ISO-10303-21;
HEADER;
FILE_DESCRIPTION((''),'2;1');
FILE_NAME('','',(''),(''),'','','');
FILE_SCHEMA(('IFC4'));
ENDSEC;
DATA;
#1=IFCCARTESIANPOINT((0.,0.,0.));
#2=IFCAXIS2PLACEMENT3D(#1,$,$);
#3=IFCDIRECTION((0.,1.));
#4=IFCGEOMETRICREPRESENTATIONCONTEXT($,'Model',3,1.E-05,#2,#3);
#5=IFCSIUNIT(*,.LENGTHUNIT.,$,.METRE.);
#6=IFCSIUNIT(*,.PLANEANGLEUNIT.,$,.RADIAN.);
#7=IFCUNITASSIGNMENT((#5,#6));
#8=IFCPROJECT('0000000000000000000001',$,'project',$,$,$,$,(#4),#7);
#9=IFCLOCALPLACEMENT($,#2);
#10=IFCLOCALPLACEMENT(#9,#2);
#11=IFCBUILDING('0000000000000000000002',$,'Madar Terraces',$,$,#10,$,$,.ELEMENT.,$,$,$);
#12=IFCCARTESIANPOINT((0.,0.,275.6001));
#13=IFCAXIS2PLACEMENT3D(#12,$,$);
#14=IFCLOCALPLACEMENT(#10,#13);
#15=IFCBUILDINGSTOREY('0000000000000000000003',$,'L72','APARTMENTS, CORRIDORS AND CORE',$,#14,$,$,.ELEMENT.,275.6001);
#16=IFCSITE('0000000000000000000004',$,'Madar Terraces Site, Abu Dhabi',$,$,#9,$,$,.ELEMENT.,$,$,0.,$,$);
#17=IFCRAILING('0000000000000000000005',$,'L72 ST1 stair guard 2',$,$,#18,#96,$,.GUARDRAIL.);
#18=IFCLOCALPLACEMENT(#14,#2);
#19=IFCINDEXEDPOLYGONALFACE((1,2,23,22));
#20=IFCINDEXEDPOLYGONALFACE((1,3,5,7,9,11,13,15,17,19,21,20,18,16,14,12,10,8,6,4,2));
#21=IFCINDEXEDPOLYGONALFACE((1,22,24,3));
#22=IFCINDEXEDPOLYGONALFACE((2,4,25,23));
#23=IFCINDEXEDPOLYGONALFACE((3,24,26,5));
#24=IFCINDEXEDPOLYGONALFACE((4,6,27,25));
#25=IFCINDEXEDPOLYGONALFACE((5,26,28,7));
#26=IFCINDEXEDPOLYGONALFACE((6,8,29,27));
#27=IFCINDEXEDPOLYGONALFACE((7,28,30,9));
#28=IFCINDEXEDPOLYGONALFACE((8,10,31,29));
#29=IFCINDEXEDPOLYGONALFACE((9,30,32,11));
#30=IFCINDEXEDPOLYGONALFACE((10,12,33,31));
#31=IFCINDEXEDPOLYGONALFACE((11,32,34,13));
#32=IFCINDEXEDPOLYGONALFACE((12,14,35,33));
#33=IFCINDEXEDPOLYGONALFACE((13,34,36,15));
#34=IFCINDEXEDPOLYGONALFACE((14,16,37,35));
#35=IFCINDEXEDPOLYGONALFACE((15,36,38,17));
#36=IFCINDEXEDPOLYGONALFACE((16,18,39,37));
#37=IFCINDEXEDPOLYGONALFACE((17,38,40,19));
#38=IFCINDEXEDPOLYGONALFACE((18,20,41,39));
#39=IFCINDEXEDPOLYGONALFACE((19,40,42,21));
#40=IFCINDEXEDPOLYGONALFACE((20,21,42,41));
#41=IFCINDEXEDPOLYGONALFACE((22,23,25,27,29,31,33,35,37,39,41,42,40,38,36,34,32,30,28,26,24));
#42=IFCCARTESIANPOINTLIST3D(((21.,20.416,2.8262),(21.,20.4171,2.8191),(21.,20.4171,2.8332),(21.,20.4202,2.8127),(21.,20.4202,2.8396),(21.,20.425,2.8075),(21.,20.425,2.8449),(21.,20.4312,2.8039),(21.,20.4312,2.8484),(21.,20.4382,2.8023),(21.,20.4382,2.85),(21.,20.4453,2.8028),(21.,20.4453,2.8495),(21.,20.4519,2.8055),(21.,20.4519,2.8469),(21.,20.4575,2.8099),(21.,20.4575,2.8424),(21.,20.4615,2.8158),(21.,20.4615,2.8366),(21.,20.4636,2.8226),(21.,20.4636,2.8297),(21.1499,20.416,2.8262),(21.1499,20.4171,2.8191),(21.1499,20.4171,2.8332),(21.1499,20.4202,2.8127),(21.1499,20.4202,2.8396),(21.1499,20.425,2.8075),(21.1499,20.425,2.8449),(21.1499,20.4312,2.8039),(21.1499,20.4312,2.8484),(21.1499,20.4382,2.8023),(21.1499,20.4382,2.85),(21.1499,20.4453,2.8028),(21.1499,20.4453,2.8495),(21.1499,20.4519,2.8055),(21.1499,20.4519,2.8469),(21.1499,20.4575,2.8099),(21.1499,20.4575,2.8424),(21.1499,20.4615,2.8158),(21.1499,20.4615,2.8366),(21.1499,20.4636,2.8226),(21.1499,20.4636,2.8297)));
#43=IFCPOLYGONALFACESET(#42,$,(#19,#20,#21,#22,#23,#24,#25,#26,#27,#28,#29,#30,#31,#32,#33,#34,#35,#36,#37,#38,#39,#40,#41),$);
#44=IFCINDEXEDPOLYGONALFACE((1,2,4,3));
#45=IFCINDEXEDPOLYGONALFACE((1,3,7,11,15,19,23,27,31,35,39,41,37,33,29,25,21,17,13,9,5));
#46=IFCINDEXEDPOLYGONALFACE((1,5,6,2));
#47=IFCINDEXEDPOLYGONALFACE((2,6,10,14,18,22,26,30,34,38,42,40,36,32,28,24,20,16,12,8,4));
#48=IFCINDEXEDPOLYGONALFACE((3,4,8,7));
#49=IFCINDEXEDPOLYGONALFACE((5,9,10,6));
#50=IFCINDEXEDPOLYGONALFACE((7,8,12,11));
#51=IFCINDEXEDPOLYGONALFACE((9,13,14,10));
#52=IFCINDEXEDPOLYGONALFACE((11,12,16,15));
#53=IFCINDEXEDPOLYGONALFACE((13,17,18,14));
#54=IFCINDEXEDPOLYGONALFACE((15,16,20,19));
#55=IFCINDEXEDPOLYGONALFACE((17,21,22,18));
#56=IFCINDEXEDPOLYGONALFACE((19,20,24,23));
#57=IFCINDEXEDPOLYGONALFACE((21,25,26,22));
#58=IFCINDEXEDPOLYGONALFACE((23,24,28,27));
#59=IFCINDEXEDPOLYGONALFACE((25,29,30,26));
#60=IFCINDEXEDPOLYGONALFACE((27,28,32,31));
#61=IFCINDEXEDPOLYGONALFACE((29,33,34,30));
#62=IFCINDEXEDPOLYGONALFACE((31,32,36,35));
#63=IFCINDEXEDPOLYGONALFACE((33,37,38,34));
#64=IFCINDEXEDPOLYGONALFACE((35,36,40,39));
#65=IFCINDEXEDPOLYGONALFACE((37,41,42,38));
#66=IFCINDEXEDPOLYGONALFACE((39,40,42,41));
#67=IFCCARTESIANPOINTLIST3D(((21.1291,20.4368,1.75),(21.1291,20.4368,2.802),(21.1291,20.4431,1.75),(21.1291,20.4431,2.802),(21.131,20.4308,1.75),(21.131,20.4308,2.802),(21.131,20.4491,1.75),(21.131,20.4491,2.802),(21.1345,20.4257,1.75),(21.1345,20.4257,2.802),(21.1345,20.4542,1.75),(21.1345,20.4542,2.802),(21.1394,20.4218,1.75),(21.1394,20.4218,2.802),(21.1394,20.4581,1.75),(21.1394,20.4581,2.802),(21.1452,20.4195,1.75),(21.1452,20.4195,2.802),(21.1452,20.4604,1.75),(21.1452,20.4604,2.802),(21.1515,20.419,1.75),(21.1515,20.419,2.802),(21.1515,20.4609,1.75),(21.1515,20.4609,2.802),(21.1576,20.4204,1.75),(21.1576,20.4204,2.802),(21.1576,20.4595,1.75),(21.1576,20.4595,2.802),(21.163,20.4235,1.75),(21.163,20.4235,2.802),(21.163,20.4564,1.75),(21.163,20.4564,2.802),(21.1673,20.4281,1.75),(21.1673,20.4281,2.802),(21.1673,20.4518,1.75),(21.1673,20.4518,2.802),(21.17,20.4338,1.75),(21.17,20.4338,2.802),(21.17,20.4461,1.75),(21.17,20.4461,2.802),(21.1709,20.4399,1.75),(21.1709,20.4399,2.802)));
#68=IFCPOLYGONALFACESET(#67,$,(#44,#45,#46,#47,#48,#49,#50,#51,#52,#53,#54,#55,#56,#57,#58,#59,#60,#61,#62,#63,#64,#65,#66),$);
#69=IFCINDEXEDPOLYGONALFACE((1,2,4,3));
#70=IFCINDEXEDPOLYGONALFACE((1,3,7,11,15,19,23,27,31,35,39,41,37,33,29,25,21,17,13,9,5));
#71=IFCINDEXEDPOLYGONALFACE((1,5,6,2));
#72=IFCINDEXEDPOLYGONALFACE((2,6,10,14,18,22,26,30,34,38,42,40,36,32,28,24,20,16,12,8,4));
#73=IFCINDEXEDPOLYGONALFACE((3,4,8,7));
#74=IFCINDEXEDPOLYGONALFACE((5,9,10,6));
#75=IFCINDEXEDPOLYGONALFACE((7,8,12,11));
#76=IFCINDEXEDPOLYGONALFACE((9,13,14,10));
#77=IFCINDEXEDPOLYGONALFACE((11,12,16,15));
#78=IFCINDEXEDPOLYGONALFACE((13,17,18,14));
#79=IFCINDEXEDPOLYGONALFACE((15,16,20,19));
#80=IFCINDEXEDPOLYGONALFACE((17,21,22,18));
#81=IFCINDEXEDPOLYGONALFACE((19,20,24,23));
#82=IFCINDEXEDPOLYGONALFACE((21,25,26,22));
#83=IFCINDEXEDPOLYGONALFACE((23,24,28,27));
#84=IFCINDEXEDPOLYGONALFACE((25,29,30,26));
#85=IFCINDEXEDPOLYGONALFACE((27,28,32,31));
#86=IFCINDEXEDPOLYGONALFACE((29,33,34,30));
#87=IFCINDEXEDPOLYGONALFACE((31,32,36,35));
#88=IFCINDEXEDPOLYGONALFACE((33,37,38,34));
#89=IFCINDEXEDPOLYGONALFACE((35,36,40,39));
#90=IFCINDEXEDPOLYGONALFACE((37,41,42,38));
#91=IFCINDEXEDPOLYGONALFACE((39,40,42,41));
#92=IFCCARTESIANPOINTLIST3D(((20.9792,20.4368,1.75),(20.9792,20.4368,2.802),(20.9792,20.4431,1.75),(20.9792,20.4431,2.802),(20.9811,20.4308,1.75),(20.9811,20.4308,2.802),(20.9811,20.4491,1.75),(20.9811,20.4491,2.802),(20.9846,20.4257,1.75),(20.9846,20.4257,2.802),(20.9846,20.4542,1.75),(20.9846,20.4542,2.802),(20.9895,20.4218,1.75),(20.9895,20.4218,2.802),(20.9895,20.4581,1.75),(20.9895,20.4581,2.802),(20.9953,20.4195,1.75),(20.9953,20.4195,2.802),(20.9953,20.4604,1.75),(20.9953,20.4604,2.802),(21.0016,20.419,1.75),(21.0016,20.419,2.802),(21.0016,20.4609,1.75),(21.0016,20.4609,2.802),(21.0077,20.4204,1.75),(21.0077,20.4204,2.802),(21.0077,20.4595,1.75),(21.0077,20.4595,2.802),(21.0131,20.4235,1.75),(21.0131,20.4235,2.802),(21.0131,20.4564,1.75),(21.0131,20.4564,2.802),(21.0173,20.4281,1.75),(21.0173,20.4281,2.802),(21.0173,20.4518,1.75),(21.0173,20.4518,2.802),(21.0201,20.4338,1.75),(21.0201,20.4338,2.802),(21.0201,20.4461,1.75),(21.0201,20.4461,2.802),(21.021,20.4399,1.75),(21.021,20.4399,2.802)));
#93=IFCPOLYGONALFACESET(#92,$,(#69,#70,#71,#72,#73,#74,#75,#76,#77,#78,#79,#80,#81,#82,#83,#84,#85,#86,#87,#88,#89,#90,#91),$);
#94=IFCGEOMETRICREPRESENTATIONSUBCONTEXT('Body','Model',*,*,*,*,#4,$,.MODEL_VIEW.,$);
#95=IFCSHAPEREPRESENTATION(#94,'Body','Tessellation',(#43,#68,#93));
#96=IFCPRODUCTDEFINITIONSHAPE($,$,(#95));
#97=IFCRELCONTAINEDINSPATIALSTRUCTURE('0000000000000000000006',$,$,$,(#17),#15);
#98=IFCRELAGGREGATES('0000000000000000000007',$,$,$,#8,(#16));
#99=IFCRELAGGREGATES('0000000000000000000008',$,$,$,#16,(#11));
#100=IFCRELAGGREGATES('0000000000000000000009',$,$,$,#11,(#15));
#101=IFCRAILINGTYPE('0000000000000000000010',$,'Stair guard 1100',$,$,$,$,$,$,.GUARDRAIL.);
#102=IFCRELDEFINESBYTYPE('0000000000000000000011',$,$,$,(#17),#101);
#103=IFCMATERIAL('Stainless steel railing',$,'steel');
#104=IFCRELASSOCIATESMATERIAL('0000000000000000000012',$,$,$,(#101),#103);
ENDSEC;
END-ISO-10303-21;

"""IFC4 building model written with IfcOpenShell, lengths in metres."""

from ifc_helpers import new_model, si_unit, direction, frame, origin, origin_2d, place, context, subcontext, project, spatial, circle, extrude, material, type_object, element, save


model = new_model("IFC4")

# Units and contexts
model_context = context("Model", 3, precision=1e-05, world=origin(), true_north=direction((0.0, 1.0)))
body_context = subcontext(model_context, "Body", "Model", "MODEL_VIEW")
ifc_project = project(units=[si_unit("LENGTHUNIT", "METRE"), si_unit("PLANEANGLEUNIT", "RADIAN")], contexts=[model_context])

# Site, building, storey
site_placement = place(None, origin())
site = spatial("IfcSite", under=ifc_project, at=site_placement, Name="Madar Terraces Site, Abu Dhabi", CompositionType="ELEMENT", RefElevation=0.0)
building_placement = place(site_placement, origin())
building = spatial("IfcBuilding", under=site, at=building_placement, Name="Madar Terraces", CompositionType="ELEMENT")
storey_placement = place(building_placement, frame((0.0, 0.0, 275.6001)))
storey = spatial("IfcBuildingStorey", under=building, at=storey_placement, Name="L72", Description="APARTMENTS, CORRIDORS AND CORE", CompositionType="ELEMENT", Elevation=275.6001)

# Railing
ifc_material_1 = material(Name="Stainless steel railing", Category="steel")
railing_type_1 = type_object("IfcRailingType", Name="Stair guard 1100", PredefinedType="GUARDRAIL", material=ifc_material_1)
railing_1_placement = place(storey_placement, frame((21.1499, 20.4399, 1.75)))
element("IfcRailing", 1, at=railing_1_placement, inside=storey, type_object=railing_type_1, Name="L72 ST1 stair guard 2", PredefinedType="GUARDRAIL", context=body_context, shape_type="SweptSolid", body=[
    extrude(circle(Radius=0.0239, at=origin_2d()), frame((0.0, 0.0, 1.0762), z_axis=(-1.0, 0.0, 0.0), x_axis=(0.0, -1.0, 0.0)), (0.0, 0.0, 1.0), 0.1499),
    extrude(circle(Radius=0.021, at=origin_2d()), origin(), (0.0, 0.0, 1.0), 1.052),
    extrude(circle(Radius=0.021, at=origin_2d()), frame((-0.1499, 0.0, 0.0)), (0.0, 0.0, 1.0), 1.052),
])

save(model, "model.ifc")
